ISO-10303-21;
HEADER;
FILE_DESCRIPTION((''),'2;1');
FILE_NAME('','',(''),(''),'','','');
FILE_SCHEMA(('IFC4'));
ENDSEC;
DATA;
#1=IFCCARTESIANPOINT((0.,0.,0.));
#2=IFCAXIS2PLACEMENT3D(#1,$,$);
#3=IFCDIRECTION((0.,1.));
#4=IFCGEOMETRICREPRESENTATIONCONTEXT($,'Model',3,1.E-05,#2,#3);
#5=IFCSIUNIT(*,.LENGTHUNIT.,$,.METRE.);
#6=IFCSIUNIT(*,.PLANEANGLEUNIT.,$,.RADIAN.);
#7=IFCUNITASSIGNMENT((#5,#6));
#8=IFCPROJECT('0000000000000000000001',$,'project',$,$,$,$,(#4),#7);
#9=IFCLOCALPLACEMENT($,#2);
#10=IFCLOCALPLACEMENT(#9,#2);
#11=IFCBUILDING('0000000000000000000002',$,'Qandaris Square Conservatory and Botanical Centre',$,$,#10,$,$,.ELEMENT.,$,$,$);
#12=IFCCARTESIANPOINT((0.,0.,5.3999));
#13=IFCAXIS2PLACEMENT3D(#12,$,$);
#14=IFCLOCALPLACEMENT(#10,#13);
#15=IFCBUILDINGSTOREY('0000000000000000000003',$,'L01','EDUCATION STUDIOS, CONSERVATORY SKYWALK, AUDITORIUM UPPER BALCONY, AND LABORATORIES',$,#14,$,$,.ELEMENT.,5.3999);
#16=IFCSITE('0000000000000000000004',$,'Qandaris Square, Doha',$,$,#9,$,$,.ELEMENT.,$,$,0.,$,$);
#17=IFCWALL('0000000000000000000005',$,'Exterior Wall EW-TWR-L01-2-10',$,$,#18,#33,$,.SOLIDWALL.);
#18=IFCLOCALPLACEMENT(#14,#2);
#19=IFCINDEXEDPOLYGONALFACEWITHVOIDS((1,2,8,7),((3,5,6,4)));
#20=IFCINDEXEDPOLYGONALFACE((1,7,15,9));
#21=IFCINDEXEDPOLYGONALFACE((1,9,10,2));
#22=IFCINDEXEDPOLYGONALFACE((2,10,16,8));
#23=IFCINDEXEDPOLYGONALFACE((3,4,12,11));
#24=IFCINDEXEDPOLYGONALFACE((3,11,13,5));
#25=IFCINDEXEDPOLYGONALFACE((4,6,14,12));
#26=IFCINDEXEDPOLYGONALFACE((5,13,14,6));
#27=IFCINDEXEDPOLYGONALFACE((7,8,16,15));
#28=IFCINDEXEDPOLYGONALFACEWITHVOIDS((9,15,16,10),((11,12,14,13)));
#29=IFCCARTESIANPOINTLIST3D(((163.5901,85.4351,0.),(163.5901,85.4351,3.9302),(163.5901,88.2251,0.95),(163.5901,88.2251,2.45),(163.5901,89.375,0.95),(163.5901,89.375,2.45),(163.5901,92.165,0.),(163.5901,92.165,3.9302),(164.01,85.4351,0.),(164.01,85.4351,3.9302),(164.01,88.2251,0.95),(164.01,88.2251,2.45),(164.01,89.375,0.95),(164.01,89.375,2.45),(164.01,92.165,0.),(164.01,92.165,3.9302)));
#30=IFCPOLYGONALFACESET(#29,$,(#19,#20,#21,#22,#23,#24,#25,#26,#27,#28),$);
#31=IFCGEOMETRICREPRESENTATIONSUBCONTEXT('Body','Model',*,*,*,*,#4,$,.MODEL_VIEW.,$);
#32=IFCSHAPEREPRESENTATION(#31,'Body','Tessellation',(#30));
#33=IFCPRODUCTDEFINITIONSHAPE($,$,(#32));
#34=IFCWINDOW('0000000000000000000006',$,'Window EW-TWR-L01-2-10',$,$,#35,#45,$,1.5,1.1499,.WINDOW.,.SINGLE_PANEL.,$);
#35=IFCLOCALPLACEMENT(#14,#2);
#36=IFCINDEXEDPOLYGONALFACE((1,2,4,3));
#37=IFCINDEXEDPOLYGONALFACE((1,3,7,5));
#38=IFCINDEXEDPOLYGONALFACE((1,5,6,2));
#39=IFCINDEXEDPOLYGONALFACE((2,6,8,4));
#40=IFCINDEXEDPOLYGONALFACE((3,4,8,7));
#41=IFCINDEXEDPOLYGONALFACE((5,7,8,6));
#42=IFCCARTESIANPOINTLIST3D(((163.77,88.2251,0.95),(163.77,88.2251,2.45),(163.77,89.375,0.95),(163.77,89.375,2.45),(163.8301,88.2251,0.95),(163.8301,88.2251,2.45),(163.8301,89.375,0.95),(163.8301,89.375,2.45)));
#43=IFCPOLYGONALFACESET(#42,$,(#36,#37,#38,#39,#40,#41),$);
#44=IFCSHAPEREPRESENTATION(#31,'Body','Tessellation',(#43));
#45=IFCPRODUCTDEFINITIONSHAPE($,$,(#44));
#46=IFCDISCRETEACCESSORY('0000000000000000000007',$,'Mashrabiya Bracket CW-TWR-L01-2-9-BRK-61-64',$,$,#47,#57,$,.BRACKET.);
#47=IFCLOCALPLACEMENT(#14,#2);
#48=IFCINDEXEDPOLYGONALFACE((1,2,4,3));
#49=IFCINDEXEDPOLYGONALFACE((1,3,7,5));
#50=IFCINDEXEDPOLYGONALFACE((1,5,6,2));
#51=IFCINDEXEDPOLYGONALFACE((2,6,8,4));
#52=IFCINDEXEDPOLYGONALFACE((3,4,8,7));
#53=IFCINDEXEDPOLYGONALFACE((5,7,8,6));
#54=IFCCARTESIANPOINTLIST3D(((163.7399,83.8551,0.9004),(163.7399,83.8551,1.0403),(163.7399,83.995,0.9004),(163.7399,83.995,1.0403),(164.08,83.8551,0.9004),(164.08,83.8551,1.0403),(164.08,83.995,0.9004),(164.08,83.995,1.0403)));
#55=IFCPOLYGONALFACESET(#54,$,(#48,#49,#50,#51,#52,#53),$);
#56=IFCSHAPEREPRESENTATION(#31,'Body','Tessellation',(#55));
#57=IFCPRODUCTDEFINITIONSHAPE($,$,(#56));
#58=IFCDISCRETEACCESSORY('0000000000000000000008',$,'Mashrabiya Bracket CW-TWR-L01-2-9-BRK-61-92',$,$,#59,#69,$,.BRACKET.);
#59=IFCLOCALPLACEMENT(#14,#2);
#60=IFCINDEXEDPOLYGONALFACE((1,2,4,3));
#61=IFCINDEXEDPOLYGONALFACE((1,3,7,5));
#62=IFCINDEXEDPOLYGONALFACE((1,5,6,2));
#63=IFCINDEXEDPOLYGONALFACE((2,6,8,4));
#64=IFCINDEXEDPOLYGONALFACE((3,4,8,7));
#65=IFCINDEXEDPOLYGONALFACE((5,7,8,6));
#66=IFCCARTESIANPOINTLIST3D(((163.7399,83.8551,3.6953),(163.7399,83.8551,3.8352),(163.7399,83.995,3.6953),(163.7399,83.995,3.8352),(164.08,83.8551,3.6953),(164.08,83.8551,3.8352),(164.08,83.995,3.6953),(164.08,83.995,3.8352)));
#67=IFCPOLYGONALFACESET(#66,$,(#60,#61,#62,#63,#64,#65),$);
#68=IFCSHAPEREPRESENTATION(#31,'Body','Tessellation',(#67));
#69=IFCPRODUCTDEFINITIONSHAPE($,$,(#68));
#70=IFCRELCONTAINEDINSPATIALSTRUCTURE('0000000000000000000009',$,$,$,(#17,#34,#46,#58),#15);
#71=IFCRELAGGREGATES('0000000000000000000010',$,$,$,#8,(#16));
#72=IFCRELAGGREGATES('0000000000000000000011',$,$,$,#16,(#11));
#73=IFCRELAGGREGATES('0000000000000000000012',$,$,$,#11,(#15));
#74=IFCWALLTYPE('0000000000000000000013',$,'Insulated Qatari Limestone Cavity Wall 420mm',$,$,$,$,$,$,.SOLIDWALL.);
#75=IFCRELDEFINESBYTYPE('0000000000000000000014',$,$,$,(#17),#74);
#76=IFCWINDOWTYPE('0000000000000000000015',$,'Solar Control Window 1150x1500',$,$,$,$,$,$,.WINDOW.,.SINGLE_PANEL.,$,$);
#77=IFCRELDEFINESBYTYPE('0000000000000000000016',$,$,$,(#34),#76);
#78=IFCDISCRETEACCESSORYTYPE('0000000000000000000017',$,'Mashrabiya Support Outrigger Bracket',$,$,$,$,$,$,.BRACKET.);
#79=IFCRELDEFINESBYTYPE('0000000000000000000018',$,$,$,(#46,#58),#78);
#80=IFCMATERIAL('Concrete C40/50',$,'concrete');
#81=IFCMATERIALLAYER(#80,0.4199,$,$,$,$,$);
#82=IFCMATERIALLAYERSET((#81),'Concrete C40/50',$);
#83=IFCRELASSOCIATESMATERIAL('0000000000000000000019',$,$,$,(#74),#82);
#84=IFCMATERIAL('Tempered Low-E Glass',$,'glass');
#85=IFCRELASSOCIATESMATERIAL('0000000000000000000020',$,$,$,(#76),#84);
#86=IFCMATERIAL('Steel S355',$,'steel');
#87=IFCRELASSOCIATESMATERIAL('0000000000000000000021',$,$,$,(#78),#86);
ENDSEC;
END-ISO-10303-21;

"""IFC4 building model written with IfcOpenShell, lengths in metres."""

from ifc_helpers import new_model, si_unit, direction, frame, frame_2d, origin, origin_2d, place, context, subcontext, project, spatial, rectangle, extrude, material, layer, layer_set, type_object, element, fill, save


model = new_model("IFC4")

# Units and contexts
model_context = context("Model", 3, precision=1e-05, world=origin(), true_north=direction((0.0, 1.0)))
body_context = subcontext(model_context, "Body", "Model", "MODEL_VIEW")
ifc_project = project(units=[si_unit("LENGTHUNIT", "METRE"), si_unit("PLANEANGLEUNIT", "RADIAN")], contexts=[model_context])

# Site, building, storey
site_placement = place(None, origin())
site = spatial("IfcSite", under=ifc_project, at=site_placement, Name="Qandaris Square, Doha", CompositionType="ELEMENT", RefElevation=0.0)
building_placement = place(site_placement, origin())
building = spatial("IfcBuilding", under=site, at=building_placement, Name="Qandaris Square Conservatory and Botanical Centre", CompositionType="ELEMENT")
storey_placement = place(building_placement, frame((0.0, 0.0, 5.3999)))
storey = spatial("IfcBuildingStorey", under=building, at=storey_placement, Name="L01", Description="EDUCATION STUDIOS, CONSERVATORY SKYWALK, AUDITORIUM UPPER BALCONY, AND LABORATORIES", CompositionType="ELEMENT", Elevation=5.3999)

# Shared definitions
ifc_material_1 = material(Name="Steel S355", Category="steel")

# Shared definitions
ifc_material_2 = material(Name="Tempered Low-E Glass", Category="glass")

# Wall, opening, window
ifc_material_3 = material(Name="Concrete C40/50", Category="concrete")
ifc_layer_1 = layer(ifc_material_3, 0.4199)
ifc_layer_set_1 = layer_set([ifc_layer_1], Name="Concrete C40/50")
wall_type = type_object("IfcWallType", Name="Insulated Qatari Limestone Cavity Wall 420mm", PredefinedType="SOLIDWALL", material=ifc_layer_set_1)
wall_placement = place(storey_placement, frame((163.8, 85.4351, 0.0), z_axis=(0.0, 0.0, 1.0), x_axis=(0.0, 1.0, 0.0)))
wall = element("IfcWall", 1, at=wall_placement, inside=storey, type_object=wall_type, Name="Exterior Wall EW-TWR-L01-2-10", PredefinedType="SOLIDWALL", context=body_context, shape_type="SweptSolid", body=[
    extrude(rectangle(XDim=6.73, YDim=0.4199, at=frame_2d((3.365, 0.0))), origin(), (0.0, 0.0, 1.0), 3.9302),
])
opening_placement = place(wall_placement, frame((2.79, 0.0, 0.95)))
opening = element("IfcOpeningElement", 2, at=opening_placement, cuts=wall, PredefinedType="OPENING", context=body_context, shape_type="SweptSolid", body=[
    extrude(rectangle(XDim=1.1499, YDim=1.5, at=frame_2d((0.575, 0.75))), frame((0.0, 0.2219, 0.0), z_axis=(0.0, -1.0, 0.0), x_axis=(1.0, 0.0, 0.0)), (0.0, 0.0, 1.0), 0.4438),
])
window_type = type_object("IfcWindowType", Name="Solar Control Window 1150x1500", PartitioningType="SINGLE_PANEL", PredefinedType="WINDOW", material=ifc_material_2)
window_placement = place(opening_placement, origin())
window = element("IfcWindow", 3, at=window_placement, inside=storey, type_object=window_type, Name="Window EW-TWR-L01-2-10", OverallHeight=1.5, OverallWidth=1.1499, PartitioningType="SINGLE_PANEL", PredefinedType="WINDOW", context=body_context, shape_type="SweptSolid", body=[
    extrude(rectangle(XDim=1.1499, YDim=1.5, at=frame_2d((0.575, 0.75))), frame((0.0, 0.03, 0.0), z_axis=(0.0, -1.0, 0.0), x_axis=(1.0, 0.0, 0.0)), (0.0, 0.0, 1.0), 0.0601),
])
fill(opening, window)

# Discrete accessories
discrete_accessory_type = type_object("IfcDiscreteAccessoryType", Name="Mashrabiya Support Outrigger Bracket", PredefinedType="BRACKET", material=ifc_material_1)
for number, where, z_axis, x_axis, name in (
    (4, (163.9099, 83.925, 0.9004), (0.0, 0.0, 1.0), (0.0, 1.0, 0.0), "Mashrabiya Bracket CW-TWR-L01-2-9-BRK-61-64"),
    (5, (163.9099, 83.925, 3.6953), (0.0, 0.0, 1.0), (0.0, 1.0, 0.0), "Mashrabiya Bracket CW-TWR-L01-2-9-BRK-61-92"),
):
    element("IfcDiscreteAccessory", number, at=place(storey_placement, frame(where, z_axis=z_axis, x_axis=x_axis)), inside=storey, type_object=discrete_accessory_type, Name=name, PredefinedType="BRACKET", context=body_context, shape_type="SweptSolid", body=[
        extrude(rectangle(XDim=0.1399, YDim=0.3401, at=origin_2d()), origin(), (0.0, 0.0, 1.0), 0.1399),
    ])

save(model, "model.ifc")
